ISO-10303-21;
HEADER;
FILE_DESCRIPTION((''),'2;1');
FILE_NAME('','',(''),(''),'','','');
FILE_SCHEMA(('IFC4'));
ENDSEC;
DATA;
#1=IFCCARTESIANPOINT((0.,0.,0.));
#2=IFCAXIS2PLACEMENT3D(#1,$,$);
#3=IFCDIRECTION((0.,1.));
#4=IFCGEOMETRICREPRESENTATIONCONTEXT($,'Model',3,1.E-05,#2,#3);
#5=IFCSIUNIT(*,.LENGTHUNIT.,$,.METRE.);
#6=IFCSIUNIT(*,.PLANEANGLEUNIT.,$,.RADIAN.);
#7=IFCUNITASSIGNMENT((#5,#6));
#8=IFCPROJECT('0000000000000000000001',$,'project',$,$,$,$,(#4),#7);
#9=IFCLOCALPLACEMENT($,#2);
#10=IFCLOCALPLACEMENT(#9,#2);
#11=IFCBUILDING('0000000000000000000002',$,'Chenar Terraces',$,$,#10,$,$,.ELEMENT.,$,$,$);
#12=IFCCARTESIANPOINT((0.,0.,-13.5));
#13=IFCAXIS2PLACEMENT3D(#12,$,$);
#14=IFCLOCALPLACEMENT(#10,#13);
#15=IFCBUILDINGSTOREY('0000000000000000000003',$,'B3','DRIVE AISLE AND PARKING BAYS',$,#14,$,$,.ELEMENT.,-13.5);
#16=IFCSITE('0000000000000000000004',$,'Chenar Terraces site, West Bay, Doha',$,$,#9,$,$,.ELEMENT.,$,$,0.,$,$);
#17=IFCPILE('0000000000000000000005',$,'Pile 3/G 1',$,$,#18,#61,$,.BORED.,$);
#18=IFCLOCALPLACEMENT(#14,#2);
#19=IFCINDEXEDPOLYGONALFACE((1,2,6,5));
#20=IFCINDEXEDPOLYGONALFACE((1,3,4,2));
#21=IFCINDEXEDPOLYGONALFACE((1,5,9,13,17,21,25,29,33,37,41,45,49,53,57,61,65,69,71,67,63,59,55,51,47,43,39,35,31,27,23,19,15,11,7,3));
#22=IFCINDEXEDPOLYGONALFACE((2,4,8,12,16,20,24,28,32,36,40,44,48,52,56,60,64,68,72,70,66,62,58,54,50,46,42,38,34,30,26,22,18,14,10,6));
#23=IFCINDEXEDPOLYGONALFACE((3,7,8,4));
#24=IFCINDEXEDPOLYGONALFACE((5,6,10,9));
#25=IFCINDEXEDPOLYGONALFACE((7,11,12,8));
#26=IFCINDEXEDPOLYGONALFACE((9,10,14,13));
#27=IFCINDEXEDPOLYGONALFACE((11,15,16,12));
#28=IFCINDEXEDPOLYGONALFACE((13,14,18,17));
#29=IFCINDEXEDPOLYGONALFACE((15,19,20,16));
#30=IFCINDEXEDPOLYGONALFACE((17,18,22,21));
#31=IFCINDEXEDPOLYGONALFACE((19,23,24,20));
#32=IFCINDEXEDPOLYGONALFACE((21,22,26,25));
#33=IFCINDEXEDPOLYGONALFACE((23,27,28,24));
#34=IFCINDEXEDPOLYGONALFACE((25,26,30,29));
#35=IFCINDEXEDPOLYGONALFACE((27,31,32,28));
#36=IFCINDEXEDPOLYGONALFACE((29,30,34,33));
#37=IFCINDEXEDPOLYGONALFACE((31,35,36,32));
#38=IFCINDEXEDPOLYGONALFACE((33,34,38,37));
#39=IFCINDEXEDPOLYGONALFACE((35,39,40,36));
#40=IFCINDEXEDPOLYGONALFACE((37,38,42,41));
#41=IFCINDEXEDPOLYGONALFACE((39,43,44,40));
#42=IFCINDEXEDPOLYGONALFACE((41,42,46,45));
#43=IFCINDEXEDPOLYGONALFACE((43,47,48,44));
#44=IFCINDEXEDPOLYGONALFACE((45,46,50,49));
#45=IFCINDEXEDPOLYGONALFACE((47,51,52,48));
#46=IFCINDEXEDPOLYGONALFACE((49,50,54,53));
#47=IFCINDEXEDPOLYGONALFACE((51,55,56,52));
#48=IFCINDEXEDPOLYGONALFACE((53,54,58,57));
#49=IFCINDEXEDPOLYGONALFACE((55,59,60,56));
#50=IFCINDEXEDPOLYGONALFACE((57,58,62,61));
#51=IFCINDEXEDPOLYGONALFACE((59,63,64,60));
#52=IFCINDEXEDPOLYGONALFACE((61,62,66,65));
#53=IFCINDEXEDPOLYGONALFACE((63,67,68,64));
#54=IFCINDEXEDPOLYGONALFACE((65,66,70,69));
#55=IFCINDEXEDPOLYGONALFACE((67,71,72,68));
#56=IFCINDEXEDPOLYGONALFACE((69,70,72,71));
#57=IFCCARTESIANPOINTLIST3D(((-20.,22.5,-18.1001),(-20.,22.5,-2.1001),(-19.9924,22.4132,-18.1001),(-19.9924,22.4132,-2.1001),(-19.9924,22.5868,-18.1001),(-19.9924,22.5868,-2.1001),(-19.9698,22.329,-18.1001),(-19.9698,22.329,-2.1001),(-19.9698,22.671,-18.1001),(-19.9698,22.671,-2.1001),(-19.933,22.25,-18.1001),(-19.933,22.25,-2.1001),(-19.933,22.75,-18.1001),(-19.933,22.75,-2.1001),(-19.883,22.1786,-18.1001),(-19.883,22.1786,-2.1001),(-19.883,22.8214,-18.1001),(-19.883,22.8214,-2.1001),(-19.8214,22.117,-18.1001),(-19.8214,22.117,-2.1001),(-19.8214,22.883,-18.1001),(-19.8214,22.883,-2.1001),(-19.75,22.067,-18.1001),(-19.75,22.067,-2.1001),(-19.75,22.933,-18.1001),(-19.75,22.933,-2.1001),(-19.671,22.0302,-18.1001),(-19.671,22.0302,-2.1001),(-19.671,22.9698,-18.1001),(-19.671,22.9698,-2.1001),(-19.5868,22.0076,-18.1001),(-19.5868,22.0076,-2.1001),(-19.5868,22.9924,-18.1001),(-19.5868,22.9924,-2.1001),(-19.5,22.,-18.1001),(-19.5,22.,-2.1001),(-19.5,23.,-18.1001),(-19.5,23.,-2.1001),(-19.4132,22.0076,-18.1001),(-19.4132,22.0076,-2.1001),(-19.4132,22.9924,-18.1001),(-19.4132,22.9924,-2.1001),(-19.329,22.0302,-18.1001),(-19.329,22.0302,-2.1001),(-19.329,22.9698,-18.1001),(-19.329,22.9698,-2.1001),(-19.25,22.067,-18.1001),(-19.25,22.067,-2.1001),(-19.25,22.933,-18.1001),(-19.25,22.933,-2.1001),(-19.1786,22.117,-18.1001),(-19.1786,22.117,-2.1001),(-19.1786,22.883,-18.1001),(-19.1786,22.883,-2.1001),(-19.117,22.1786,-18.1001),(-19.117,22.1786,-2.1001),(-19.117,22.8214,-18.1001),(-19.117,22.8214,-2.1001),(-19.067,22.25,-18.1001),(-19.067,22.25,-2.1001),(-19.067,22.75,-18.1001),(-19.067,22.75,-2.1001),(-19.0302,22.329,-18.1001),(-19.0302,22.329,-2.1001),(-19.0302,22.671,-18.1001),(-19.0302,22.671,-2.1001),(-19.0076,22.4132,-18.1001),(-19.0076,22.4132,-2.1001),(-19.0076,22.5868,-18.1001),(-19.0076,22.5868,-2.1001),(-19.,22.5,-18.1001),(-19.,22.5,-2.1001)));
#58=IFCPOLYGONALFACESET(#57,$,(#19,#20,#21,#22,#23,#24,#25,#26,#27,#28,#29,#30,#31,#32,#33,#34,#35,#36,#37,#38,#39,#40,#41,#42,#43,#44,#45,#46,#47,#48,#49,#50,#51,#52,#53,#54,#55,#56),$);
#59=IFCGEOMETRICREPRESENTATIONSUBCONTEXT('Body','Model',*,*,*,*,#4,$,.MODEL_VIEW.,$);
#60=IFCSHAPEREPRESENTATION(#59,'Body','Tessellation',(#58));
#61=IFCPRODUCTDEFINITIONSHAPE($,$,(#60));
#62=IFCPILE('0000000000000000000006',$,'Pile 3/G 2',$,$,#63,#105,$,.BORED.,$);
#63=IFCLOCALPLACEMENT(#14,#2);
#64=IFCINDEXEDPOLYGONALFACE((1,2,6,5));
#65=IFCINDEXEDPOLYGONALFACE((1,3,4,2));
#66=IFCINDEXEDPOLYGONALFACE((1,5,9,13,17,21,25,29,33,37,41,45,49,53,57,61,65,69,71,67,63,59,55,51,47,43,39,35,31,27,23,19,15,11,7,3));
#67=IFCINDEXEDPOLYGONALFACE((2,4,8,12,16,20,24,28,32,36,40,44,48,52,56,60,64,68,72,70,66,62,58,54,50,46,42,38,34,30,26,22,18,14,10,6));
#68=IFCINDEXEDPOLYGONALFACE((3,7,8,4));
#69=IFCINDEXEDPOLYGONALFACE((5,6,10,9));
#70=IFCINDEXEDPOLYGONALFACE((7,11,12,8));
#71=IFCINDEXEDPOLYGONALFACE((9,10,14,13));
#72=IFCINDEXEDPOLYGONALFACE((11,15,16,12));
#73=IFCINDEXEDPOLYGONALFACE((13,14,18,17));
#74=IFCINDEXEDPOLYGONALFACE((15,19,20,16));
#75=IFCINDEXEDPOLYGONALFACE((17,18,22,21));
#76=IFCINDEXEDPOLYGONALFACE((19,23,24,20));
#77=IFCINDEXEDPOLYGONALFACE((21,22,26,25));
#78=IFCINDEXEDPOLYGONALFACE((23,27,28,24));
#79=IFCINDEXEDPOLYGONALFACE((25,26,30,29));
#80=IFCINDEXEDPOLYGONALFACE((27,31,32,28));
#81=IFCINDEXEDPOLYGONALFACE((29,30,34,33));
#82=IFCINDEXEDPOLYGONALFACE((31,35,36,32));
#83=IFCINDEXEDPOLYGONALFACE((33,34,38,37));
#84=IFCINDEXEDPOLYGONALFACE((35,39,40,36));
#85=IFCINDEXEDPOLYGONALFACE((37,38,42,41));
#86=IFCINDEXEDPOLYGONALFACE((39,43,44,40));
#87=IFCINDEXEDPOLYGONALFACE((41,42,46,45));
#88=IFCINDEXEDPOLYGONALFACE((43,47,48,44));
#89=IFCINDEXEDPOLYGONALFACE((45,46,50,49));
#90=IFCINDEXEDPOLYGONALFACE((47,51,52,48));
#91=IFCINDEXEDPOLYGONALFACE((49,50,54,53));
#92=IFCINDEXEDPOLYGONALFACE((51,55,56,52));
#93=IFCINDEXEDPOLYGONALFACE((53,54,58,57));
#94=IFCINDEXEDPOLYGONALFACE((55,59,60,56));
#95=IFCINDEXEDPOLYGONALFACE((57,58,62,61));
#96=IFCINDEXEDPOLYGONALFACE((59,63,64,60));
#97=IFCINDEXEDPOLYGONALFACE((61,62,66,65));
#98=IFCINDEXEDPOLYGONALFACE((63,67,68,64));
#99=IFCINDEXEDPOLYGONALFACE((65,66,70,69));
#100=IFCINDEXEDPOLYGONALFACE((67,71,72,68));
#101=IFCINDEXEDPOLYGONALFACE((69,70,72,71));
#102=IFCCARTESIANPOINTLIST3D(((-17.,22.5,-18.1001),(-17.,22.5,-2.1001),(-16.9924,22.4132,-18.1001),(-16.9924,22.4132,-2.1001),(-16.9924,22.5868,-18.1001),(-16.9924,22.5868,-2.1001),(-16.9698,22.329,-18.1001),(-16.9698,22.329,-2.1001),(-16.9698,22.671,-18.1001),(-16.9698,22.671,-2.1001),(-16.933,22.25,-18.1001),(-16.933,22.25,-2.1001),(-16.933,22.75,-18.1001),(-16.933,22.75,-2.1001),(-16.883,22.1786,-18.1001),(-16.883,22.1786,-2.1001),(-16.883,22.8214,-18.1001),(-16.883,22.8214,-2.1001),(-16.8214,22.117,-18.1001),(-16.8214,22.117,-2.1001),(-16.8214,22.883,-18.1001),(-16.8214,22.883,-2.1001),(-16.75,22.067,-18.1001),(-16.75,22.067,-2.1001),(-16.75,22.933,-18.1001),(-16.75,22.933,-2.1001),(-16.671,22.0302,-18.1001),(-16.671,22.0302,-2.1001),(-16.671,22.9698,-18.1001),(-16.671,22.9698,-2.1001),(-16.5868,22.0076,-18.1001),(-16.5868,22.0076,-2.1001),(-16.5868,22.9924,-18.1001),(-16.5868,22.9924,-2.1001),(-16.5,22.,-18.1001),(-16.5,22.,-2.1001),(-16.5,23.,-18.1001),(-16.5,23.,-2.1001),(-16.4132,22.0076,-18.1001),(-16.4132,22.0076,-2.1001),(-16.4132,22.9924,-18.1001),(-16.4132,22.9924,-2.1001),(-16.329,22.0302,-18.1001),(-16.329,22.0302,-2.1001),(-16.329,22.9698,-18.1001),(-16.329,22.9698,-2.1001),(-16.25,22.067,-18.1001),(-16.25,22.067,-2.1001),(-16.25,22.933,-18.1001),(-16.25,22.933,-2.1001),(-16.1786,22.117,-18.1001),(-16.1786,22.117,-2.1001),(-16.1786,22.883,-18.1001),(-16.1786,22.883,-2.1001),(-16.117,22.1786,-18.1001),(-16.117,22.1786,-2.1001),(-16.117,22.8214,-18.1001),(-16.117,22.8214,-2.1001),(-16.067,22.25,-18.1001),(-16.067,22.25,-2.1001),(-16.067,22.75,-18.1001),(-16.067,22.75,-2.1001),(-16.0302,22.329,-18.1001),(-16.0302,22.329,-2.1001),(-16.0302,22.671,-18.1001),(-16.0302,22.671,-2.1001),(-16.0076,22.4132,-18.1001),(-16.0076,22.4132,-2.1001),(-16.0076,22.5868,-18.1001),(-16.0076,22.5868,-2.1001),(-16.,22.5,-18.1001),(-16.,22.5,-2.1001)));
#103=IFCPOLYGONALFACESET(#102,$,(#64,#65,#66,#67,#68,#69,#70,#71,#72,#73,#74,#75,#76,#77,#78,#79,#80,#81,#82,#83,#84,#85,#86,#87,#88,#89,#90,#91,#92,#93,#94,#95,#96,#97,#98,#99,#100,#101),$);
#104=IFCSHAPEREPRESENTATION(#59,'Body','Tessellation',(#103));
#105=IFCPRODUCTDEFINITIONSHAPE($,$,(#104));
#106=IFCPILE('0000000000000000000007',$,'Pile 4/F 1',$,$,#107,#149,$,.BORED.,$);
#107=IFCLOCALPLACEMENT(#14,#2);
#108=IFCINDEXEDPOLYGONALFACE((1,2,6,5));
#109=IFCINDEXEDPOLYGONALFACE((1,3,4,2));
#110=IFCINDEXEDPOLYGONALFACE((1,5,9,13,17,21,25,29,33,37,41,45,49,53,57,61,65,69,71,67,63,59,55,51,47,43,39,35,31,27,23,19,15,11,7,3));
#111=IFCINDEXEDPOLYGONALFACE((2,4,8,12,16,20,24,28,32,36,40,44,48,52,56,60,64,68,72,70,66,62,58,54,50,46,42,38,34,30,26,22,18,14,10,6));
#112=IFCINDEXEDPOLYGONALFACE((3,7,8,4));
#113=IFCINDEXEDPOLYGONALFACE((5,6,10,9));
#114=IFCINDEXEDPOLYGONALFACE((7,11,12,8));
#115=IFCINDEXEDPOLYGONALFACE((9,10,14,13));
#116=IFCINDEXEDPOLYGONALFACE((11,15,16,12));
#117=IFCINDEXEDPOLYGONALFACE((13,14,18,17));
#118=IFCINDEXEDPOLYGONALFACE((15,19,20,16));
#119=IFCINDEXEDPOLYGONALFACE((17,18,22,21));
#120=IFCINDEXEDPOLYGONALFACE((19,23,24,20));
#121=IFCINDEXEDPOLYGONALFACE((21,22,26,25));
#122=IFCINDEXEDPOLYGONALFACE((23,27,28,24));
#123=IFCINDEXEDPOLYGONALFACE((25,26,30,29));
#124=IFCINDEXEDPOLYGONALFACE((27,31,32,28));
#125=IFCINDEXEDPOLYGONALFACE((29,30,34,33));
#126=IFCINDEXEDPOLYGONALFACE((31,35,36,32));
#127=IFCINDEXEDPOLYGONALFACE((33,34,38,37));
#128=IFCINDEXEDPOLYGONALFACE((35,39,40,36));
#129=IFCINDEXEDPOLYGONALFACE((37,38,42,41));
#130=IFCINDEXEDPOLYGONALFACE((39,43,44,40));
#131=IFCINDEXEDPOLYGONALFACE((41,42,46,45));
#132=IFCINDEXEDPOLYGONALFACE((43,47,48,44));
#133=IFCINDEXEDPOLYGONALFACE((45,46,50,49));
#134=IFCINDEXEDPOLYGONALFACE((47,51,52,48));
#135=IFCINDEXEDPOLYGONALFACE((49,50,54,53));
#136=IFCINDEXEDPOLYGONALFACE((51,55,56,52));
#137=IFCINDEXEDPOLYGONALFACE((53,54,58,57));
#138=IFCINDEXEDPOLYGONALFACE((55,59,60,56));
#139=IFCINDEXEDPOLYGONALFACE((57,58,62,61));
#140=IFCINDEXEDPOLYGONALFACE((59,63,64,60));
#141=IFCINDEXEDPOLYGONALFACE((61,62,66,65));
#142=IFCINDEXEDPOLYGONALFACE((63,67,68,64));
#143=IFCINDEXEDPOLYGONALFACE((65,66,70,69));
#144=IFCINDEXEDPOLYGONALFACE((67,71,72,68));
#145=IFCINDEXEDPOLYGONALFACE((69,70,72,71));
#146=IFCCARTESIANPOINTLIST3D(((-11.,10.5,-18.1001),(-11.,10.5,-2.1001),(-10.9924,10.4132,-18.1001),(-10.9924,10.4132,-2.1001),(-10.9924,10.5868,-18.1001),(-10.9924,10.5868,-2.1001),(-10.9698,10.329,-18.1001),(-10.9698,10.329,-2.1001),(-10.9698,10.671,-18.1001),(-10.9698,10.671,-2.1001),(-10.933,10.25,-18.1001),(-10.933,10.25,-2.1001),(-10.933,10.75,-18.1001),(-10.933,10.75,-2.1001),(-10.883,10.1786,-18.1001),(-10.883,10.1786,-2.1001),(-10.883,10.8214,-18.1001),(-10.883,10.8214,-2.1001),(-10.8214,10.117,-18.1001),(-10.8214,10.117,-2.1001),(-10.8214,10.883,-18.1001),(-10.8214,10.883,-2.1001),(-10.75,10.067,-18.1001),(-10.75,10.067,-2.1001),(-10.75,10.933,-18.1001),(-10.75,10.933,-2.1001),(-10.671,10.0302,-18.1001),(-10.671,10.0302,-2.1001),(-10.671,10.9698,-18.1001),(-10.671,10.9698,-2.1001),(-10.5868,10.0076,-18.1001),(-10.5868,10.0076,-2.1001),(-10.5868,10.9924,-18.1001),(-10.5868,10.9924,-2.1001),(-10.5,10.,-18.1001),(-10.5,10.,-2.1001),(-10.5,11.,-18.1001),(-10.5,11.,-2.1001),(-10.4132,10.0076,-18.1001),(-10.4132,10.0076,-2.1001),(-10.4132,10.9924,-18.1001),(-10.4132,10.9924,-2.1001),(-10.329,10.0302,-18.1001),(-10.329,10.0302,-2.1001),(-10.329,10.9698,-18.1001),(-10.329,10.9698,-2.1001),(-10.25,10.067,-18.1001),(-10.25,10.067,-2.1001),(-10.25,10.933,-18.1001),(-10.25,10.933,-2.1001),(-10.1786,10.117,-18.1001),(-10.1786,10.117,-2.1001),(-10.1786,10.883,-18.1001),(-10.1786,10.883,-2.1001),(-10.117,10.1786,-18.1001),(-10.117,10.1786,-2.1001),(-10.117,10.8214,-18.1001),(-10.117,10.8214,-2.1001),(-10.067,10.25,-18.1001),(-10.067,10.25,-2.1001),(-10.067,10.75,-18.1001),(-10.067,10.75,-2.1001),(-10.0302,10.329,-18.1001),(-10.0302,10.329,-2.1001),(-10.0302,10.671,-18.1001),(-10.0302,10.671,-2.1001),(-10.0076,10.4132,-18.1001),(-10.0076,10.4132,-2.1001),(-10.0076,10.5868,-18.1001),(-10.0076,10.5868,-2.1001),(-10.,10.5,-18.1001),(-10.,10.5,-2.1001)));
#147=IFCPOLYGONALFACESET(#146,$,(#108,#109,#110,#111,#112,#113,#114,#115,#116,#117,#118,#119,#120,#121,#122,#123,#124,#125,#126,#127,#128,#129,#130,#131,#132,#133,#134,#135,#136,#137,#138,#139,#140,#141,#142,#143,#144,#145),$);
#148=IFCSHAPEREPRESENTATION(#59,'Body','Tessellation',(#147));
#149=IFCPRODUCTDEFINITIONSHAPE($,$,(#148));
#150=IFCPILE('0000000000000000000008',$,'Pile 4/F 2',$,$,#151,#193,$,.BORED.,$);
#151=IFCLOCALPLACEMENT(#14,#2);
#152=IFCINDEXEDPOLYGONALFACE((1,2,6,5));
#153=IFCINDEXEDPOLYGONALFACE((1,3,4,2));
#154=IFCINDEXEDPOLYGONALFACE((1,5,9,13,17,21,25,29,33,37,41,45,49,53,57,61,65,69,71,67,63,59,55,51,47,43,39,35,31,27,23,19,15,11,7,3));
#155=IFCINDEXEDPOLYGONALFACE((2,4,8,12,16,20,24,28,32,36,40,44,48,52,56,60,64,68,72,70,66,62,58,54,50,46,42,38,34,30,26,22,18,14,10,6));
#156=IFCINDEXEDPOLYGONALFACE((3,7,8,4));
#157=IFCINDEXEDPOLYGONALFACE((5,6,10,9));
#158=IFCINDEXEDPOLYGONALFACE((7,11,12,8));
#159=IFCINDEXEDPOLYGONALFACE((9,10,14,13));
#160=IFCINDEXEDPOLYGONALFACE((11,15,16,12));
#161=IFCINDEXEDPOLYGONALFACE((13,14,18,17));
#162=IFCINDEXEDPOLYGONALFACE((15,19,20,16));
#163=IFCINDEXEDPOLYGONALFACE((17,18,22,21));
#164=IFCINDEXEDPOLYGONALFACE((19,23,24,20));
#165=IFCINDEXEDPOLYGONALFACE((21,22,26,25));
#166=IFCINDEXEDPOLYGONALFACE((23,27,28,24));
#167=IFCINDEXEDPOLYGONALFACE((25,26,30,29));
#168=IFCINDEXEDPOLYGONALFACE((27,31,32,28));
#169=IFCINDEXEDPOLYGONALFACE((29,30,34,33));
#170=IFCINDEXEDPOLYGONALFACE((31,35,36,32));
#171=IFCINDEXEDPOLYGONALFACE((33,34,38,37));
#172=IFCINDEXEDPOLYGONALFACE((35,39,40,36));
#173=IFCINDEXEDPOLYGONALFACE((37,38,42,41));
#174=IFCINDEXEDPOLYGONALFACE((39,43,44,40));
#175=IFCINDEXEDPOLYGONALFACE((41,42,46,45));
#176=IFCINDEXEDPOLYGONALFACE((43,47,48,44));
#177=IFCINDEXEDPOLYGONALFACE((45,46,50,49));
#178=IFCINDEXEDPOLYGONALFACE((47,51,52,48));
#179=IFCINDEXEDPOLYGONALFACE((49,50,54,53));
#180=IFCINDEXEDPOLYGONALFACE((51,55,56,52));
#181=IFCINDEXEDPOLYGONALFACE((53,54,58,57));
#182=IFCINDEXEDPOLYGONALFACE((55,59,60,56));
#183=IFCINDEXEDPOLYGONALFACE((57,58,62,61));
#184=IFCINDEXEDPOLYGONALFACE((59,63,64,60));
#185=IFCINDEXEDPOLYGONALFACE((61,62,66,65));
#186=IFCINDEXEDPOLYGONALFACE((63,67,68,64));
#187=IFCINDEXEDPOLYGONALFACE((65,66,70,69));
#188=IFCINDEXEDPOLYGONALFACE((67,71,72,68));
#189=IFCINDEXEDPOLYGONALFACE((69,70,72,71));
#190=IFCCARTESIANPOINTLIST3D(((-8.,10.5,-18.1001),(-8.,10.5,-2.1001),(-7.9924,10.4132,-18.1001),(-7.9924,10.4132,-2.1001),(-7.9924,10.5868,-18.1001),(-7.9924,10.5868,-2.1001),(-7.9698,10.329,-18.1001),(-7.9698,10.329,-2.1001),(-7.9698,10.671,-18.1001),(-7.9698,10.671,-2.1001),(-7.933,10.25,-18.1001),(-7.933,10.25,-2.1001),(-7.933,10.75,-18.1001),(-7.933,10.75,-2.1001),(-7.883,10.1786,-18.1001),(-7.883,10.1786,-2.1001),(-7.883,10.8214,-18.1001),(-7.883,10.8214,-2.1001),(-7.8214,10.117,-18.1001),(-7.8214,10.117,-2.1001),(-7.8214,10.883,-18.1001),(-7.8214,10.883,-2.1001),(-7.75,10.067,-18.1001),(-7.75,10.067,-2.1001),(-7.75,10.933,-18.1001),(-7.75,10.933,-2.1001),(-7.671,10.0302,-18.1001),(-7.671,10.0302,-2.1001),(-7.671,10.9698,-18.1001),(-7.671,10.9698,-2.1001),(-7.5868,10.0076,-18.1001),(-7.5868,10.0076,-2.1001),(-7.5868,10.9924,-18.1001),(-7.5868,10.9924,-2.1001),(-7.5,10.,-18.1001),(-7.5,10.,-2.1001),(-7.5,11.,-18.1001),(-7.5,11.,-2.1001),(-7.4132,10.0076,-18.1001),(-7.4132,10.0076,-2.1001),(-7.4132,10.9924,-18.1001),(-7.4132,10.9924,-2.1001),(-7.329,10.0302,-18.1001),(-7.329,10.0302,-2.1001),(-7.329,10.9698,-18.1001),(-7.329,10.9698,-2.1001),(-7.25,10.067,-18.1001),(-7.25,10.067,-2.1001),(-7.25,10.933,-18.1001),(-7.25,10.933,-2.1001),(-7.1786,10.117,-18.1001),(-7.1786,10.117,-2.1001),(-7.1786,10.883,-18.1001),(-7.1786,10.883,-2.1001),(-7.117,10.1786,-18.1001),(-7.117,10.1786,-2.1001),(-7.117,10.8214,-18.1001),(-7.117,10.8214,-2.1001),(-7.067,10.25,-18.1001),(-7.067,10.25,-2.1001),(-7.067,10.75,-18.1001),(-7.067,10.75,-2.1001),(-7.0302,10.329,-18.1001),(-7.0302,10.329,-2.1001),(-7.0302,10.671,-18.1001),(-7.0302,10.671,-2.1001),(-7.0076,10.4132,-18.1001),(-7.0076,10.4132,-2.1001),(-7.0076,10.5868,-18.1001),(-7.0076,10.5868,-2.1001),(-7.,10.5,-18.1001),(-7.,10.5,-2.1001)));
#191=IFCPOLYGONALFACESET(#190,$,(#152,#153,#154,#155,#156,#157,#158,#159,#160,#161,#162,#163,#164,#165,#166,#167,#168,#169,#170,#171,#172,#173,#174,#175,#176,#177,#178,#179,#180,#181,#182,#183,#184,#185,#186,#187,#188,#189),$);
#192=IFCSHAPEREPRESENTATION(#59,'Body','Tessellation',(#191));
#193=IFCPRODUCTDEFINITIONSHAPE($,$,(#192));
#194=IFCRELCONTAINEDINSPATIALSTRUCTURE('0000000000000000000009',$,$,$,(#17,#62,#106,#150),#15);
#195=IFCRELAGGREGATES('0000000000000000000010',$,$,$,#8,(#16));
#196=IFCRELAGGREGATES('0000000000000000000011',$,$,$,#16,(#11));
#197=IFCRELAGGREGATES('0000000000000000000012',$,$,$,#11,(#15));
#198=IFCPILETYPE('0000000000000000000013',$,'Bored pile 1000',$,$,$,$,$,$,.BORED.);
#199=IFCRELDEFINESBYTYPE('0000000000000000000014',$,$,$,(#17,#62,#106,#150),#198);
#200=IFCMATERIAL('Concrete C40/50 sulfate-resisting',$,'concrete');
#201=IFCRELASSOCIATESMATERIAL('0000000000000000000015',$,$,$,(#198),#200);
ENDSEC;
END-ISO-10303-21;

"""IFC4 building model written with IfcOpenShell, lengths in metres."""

from ifc_helpers import new_model, si_unit, direction, frame, origin, origin_2d, place, context, subcontext, project, spatial, circle, extrude, material, material_profile, profile_set, type_object, element, save


model = new_model("IFC4")

# Units and contexts
model_context = context("Model", 3, precision=1e-05, world=origin(), true_north=direction((0.0, 1.0)))
body_context = subcontext(model_context, "Body", "Model", "MODEL_VIEW")
ifc_project = project(units=[si_unit("LENGTHUNIT", "METRE"), si_unit("PLANEANGLEUNIT", "RADIAN")], contexts=[model_context])

# Site, building, storey
site_placement = place(None, origin())
site = spatial("IfcSite", under=ifc_project, at=site_placement, Name="Chenar Terraces site, West Bay, Doha", CompositionType="ELEMENT", RefElevation=0.0)
building_placement = place(site_placement, origin())
building = spatial("IfcBuilding", under=site, at=building_placement, Name="Chenar Terraces", CompositionType="ELEMENT")
storey_placement = place(building_placement, frame((0.0, 0.0, -13.5)))
storey = spatial("IfcBuildingStorey", under=building, at=storey_placement, Name="B3", Description="DRIVE AISLE AND PARKING BAYS", CompositionType="ELEMENT", Elevation=-13.5)

# Piles
ifc_material_1 = material(Name="Concrete C40/50 sulfate-resisting", Category="concrete")
ifc_material_profile_1 = material_profile(ifc_material_1, circle(Radius=0.5, at=origin_2d()), Name="BP 1000")
ifc_profile_set_1 = profile_set([ifc_material_profile_1], Name="Concrete C40/50 sulfate-resisting")
pile_type_1 = type_object("IfcPileType", Name="Bored pile 1000", PredefinedType="BORED", material=ifc_profile_set_1)
for number, where, z_axis, x_axis, name in (
    (1, (-19.5, 22.5, -2.1001), (0.0, 0.0, -1.0), (1.0, 0.0, 0.0), "Pile 3/G 1"),
    (2, (-16.5, 22.5, -2.1001), (0.0, 0.0, -1.0), (1.0, 0.0, 0.0), "Pile 3/G 2"),
    (3, (-10.5, 10.5, -2.1001), (0.0, 0.0, -1.0), (1.0, 0.0, 0.0), "Pile 4/F 1"),
    (4, (-7.5, 10.5, -2.1001), (0.0, 0.0, -1.0), (1.0, 0.0, 0.0), "Pile 4/F 2"),
):
    element("IfcPile", number, at=place(storey_placement, frame(where, z_axis=z_axis, x_axis=x_axis)), inside=storey, type_object=pile_type_1, Name=name, PredefinedType="BORED", context=body_context, shape_type="SweptSolid", body=[
        extrude(circle(Radius=0.5, at=origin_2d()), origin(), (0.0, 0.0, 1.0), 16.0),
    ])

save(model, "model.ifc")
